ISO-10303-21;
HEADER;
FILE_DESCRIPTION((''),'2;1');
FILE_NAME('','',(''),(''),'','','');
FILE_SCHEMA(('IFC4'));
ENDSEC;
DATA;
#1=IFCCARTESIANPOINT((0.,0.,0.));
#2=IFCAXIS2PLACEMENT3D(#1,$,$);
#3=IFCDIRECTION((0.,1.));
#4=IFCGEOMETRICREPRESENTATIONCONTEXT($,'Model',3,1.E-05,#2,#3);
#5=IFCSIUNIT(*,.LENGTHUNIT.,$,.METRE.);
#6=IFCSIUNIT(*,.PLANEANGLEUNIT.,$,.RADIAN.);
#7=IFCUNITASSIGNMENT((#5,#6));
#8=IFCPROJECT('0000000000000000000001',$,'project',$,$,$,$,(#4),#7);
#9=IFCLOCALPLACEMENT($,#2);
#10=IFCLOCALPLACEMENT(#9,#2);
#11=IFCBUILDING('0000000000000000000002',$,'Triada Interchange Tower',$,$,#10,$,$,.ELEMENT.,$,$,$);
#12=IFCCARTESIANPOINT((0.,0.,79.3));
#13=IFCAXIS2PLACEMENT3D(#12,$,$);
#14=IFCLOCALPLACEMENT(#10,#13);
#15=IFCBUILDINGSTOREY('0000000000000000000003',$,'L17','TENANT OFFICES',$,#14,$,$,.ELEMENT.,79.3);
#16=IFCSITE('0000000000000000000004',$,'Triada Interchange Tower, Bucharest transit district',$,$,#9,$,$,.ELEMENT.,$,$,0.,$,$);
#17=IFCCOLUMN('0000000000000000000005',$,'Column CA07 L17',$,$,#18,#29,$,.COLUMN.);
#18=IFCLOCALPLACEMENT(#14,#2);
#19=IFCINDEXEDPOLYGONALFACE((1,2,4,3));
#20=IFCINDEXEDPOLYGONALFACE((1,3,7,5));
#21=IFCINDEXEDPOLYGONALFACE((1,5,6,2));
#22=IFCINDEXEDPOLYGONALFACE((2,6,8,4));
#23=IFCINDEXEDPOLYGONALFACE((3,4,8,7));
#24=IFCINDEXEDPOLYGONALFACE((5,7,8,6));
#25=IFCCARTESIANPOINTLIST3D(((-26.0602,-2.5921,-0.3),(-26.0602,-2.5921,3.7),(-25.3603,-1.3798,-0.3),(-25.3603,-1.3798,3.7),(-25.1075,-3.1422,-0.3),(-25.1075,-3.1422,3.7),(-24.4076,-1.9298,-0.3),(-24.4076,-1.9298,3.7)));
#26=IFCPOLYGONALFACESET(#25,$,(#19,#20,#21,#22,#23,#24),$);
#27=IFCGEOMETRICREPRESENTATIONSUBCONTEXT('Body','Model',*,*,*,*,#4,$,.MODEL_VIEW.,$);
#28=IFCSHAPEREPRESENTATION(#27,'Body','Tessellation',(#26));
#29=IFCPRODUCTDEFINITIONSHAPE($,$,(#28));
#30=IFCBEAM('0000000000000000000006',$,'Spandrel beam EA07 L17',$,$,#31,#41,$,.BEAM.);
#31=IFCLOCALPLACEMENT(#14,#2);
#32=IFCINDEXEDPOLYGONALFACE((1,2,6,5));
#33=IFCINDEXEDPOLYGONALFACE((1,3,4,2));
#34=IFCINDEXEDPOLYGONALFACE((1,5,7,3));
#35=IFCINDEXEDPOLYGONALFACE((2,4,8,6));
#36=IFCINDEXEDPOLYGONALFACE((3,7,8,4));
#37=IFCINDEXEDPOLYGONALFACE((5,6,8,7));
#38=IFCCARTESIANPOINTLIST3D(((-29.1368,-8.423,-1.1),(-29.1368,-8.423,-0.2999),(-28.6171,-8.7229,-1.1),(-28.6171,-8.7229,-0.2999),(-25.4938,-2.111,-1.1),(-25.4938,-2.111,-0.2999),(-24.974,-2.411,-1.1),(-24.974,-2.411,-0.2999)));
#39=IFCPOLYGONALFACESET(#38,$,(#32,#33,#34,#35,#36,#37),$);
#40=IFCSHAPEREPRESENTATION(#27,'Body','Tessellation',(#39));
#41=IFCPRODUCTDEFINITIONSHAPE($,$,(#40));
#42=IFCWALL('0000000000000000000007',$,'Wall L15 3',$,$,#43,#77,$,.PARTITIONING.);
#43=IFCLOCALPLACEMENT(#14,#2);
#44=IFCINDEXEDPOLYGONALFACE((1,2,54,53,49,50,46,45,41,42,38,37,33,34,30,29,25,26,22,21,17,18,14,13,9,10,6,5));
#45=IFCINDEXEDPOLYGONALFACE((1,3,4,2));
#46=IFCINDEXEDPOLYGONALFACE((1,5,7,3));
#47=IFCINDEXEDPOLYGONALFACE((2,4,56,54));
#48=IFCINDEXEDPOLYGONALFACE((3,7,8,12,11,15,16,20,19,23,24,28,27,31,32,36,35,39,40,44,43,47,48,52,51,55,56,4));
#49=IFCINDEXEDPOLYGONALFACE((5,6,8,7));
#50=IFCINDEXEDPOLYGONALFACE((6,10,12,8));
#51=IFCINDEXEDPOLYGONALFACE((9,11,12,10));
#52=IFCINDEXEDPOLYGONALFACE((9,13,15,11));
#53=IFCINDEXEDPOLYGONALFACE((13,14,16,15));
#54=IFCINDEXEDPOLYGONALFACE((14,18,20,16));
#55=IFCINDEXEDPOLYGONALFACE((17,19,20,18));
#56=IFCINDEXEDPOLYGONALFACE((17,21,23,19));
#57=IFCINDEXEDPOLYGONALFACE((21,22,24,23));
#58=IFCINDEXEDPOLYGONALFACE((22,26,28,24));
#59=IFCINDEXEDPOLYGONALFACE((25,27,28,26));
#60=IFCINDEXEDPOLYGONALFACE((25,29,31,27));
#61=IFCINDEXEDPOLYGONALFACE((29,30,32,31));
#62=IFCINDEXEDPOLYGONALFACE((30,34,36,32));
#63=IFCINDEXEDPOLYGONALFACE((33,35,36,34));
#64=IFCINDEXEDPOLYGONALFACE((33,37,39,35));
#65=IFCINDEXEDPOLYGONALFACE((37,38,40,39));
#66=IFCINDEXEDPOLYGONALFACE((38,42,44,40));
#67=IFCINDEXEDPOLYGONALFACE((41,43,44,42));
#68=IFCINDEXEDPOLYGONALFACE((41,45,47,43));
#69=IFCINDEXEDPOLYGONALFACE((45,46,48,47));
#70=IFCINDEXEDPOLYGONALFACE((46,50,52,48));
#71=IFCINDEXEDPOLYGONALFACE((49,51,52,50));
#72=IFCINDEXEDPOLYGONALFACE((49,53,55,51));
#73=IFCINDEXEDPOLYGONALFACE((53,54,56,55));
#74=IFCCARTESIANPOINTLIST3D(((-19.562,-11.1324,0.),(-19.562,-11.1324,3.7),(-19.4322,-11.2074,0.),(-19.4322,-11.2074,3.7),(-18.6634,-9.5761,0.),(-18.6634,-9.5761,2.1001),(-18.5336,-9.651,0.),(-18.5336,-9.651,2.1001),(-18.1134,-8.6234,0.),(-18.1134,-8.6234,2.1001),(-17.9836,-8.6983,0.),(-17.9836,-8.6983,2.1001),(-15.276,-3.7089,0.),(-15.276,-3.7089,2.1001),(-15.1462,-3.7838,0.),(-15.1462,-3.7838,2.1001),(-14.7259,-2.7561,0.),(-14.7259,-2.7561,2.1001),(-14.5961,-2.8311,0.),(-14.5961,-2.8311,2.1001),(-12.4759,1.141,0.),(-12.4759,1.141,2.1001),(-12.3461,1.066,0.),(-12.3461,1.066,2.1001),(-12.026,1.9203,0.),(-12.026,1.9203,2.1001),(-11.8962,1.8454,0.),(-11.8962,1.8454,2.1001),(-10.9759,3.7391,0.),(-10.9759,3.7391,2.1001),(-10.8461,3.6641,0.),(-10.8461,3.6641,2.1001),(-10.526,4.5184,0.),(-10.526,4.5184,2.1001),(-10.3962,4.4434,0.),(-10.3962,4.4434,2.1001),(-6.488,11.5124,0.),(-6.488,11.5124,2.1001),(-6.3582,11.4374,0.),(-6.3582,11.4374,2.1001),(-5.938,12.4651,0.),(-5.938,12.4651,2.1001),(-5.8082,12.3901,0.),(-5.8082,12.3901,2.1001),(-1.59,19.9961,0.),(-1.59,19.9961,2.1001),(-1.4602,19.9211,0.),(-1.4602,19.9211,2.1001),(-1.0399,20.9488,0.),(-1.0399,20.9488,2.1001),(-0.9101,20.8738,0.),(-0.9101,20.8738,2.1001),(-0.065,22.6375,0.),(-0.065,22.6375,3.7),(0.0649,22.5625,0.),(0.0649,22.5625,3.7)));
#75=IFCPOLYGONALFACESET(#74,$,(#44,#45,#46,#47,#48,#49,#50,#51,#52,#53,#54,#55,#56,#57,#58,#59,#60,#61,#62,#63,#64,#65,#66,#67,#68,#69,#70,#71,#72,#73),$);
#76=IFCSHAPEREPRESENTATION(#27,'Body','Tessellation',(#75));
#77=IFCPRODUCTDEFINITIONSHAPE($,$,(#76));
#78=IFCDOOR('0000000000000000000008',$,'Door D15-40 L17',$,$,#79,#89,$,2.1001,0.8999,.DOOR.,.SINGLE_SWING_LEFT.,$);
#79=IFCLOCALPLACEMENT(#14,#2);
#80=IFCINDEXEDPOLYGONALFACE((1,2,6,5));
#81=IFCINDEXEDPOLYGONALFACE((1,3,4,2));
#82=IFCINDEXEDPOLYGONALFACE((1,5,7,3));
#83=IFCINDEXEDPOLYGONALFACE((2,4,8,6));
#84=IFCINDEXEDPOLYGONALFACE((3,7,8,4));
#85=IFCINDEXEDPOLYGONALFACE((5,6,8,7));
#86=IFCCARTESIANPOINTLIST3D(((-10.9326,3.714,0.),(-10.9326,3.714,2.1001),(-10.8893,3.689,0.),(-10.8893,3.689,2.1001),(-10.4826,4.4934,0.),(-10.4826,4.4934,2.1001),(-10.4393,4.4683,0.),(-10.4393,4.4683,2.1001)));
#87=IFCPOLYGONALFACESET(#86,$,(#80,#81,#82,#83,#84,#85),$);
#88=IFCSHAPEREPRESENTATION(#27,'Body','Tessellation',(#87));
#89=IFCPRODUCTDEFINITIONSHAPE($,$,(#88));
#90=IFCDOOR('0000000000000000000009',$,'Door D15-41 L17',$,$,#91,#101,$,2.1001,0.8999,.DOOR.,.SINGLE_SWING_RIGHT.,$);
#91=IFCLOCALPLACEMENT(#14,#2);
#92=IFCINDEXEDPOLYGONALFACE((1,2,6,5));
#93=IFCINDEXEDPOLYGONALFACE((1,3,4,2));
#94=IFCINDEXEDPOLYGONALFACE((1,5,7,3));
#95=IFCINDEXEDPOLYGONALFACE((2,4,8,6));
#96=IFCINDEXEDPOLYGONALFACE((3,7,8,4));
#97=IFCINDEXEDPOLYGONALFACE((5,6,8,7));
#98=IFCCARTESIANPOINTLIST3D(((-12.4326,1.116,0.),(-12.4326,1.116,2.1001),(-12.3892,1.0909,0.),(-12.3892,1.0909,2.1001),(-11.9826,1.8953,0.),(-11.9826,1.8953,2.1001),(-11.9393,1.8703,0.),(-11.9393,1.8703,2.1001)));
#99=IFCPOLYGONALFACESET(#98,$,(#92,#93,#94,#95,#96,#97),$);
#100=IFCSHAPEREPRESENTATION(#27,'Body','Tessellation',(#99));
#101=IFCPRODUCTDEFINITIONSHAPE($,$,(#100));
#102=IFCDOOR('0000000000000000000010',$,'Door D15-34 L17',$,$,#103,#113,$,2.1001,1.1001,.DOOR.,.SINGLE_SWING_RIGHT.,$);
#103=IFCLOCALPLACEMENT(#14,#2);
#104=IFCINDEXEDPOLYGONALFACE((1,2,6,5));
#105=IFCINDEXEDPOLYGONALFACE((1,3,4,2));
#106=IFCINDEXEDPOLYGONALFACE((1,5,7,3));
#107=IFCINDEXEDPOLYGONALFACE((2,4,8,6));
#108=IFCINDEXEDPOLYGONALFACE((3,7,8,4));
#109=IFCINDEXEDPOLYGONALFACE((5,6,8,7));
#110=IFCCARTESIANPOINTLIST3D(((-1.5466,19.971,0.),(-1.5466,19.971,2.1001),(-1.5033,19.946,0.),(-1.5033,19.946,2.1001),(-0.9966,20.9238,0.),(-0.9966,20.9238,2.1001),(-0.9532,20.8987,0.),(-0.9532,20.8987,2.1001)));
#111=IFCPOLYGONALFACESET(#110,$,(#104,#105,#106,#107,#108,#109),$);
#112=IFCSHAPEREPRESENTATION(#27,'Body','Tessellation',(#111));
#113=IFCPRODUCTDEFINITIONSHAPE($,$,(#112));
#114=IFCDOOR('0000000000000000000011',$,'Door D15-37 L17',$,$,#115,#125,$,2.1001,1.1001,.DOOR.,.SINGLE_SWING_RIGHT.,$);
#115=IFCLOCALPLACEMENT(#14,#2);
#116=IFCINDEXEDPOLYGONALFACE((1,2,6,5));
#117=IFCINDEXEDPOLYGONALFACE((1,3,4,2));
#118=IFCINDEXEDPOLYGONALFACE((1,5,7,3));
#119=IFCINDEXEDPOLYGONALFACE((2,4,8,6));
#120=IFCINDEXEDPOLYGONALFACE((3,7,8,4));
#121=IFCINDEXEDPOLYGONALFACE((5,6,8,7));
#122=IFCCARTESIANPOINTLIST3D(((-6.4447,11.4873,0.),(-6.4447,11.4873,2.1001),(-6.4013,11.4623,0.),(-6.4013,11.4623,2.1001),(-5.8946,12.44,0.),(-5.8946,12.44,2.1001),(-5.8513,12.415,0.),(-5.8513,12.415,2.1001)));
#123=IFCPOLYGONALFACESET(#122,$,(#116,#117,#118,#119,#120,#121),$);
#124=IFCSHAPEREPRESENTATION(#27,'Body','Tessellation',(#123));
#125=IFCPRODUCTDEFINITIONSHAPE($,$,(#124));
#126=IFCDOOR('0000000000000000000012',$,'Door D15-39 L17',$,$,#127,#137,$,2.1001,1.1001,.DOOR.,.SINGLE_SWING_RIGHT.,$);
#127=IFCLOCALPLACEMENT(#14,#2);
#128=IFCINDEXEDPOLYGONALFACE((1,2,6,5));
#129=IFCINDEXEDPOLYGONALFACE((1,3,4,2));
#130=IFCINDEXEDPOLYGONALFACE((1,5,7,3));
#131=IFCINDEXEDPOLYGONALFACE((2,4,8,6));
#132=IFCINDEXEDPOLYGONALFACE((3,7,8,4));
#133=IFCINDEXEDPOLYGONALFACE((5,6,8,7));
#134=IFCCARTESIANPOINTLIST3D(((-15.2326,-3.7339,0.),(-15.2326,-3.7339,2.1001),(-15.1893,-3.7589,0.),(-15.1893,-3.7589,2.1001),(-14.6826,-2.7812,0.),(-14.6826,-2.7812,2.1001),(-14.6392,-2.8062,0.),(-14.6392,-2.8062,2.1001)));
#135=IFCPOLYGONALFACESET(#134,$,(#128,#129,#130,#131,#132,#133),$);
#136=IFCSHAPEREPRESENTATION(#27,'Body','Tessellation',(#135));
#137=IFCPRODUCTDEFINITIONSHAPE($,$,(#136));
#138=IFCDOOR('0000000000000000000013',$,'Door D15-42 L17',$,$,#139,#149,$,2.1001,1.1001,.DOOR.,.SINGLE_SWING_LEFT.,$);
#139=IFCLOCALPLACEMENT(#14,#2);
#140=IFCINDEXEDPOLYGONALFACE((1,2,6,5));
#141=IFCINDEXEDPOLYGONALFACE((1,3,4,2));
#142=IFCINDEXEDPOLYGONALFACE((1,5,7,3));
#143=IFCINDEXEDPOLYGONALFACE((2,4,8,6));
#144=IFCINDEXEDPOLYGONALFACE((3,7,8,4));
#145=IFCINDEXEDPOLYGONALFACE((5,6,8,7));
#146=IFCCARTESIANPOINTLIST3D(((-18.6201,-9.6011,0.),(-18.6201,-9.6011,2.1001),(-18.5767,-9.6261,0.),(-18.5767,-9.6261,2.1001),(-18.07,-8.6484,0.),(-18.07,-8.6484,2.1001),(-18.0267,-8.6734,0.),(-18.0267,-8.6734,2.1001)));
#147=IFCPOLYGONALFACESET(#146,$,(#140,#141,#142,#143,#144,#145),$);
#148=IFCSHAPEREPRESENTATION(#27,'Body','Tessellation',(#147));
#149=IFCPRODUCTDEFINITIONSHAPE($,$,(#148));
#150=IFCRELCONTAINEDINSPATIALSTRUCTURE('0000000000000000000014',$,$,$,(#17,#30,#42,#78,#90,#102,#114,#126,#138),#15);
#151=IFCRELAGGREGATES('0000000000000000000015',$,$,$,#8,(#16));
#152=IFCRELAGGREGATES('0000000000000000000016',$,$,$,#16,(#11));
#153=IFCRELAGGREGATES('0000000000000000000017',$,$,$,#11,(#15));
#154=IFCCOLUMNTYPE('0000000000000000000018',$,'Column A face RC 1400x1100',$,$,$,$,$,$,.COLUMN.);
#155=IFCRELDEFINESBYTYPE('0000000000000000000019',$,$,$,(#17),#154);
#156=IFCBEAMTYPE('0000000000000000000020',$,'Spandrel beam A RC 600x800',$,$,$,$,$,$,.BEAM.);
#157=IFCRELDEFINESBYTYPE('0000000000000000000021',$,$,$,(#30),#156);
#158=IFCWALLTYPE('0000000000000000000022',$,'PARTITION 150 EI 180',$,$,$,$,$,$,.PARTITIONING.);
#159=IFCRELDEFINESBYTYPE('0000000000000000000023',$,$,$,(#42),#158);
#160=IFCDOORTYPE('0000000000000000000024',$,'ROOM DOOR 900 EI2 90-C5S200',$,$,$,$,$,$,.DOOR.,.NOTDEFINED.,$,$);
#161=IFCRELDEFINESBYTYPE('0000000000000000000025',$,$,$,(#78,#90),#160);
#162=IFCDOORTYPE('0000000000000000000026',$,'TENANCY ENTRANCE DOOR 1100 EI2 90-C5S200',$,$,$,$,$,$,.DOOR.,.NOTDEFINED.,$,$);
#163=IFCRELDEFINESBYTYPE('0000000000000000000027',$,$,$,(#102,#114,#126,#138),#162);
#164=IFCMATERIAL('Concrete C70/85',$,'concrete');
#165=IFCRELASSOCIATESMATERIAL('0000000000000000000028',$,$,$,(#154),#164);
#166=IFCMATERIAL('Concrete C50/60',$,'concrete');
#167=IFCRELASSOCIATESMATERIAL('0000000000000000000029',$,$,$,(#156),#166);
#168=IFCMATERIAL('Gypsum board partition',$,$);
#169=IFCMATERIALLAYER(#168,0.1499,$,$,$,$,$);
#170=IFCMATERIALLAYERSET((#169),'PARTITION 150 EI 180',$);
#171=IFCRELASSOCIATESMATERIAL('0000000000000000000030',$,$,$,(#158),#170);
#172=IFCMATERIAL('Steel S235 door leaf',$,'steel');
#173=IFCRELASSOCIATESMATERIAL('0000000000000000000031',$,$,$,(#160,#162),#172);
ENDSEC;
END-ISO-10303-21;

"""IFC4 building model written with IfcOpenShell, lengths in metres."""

from ifc_helpers import new_model, si_unit, direction, frame, frame_2d, origin, origin_2d, place, context, subcontext, project, spatial, rectangle, extrude, material, layer, layer_set, material_profile, profile_set, type_object, element, fill, save


model = new_model("IFC4")

# Units and contexts
model_context = context("Model", 3, precision=1e-05, world=origin(), true_north=direction((0.0, 1.0)))
body_context = subcontext(model_context, "Body", "Model", "MODEL_VIEW")
ifc_project = project(units=[si_unit("LENGTHUNIT", "METRE"), si_unit("PLANEANGLEUNIT", "RADIAN")], contexts=[model_context])

# Site, building, storey
site_placement = place(None, origin())
site = spatial("IfcSite", under=ifc_project, at=site_placement, Name="Triada Interchange Tower, Bucharest transit district", CompositionType="ELEMENT", RefElevation=0.0)
building_placement = place(site_placement, origin())
building = spatial("IfcBuilding", under=site, at=building_placement, Name="Triada Interchange Tower", CompositionType="ELEMENT")
storey_placement = place(building_placement, frame((0.0, 0.0, 79.3)))
storey = spatial("IfcBuildingStorey", under=building, at=storey_placement, Name="L17", Description="TENANT OFFICES", CompositionType="ELEMENT", Elevation=79.3)

# Column
ifc_material_1 = material(Name="Concrete C70/85", Category="concrete")
ifc_material_profile_1 = material_profile(ifc_material_1, rectangle(XDim=1.3999, YDim=1.1001, at=origin_2d()), Name="RC 1400x1100")
ifc_profile_set_1 = profile_set([ifc_material_profile_1], Name="Concrete C70/85")
column_type = type_object("IfcColumnType", Name="Column A face RC 1400x1100", PredefinedType="COLUMN", material=ifc_profile_set_1)
column_placement = place(storey_placement, frame((-25.2339, -2.261, -0.3), z_axis=(0.0, 0.0, 1.0), x_axis=(0.5, 0.866025, 0.0)))
element("IfcColumn", 1, at=column_placement, inside=storey, type_object=column_type, Name="Column CA07 L17", PredefinedType="COLUMN", context=body_context, shape_type="SweptSolid", body=[
    extrude(rectangle(XDim=1.3999, YDim=1.1001, at=origin_2d()), origin(), (0.0, 0.0, 1.0), 4.0),
])

# Beam
ifc_material_2 = material(Name="Concrete C50/60", Category="concrete")
ifc_material_profile_2 = material_profile(ifc_material_2, rectangle(XDim=0.6001, YDim=0.8, at=origin_2d()), Name="RC 600x800")
ifc_profile_set_2 = profile_set([ifc_material_profile_2], Name="Concrete C50/60")
beam_type = type_object("IfcBeamType", Name="Spandrel beam A RC 600x800", PredefinedType="BEAM", material=ifc_profile_set_2)
beam_placement = place(storey_placement, frame((-25.2339, -2.261, -0.7), z_axis=(-0.499879, -0.866095, 0.0), x_axis=(0.866095, -0.499879, 0.0)))
element("IfcBeam", 2, at=beam_placement, inside=storey, type_object=beam_type, Name="Spandrel beam EA07 L17", PredefinedType="BEAM", context=body_context, shape_type="SweptSolid", body=[
    extrude(rectangle(XDim=0.6001, YDim=0.8, at=origin_2d()), origin(), (0.0, 0.0, 1.0), 7.2878),
])

# Wall, openings, doors
ifc_material_3 = material(Name="Gypsum board partition")
ifc_layer_1 = layer(ifc_material_3, 0.1499)
ifc_layer_set_1 = layer_set([ifc_layer_1], Name="PARTITION 150 EI 180")
wall_type_1 = type_object("IfcWallType", Name="PARTITION 150 EI 180", PredefinedType="PARTITIONING", material=ifc_layer_set_1)
wall_1_placement = place(storey_placement, frame((-19.4971, -11.1699, 0.0), z_axis=(0.0, 0.0, 1.0), x_axis=(0.499999, 0.866026, 0.0)))
wall_1 = element("IfcWall", 3, at=wall_1_placement, inside=storey, type_object=wall_type_1, Name="Wall L15 3", PredefinedType="PARTITIONING", context=body_context, shape_type="SweptSolid", body=[
    extrude(rectangle(XDim=38.9941, YDim=0.1499, at=frame_2d((19.4971, 0.0))), origin(), (0.0, 0.0, 1.0), 3.7),
])
opening_1_placement = place(wall_1_placement, frame((35.9441, 0.0, 0.0)))
opening_1 = element("IfcOpeningElement", 4, at=opening_1_placement, cuts=wall_1, PredefinedType="OPENING", context=body_context, shape_type="SweptSolid", body=[
    extrude(rectangle(XDim=1.1001, YDim=2.1001, at=frame_2d((0.55, 1.05))), frame((0.0, 0.085, 0.0), z_axis=(0.0, -1.0, 0.0), x_axis=(1.0, 0.0, 0.0)), (0.0, 0.0, 1.0), 0.1699),
])
opening_2_placement = place(wall_1_placement, frame((26.1479, 0.0, 0.0)))
opening_2 = element("IfcOpeningElement", 5, at=opening_2_placement, cuts=wall_1, PredefinedType="OPENING", context=body_context, shape_type="SweptSolid", body=[
    extrude(rectangle(XDim=1.1001, YDim=2.1001, at=frame_2d((0.55, 1.05))), frame((0.0, 0.085, 0.0), z_axis=(0.0, -1.0, 0.0), x_axis=(1.0, 0.0, 0.0)), (0.0, 0.0, 1.0), 0.1699),
])
opening_3_placement = place(wall_1_placement, frame((8.572, 0.0, 0.0)))
opening_3 = element("IfcOpeningElement", 6, at=opening_3_placement, cuts=wall_1, PredefinedType="OPENING", context=body_context, shape_type="SweptSolid", body=[
    extrude(rectangle(XDim=1.1001, YDim=2.1001, at=frame_2d((0.55, 1.05))), frame((0.0, 0.085, 0.0), z_axis=(0.0, -1.0, 0.0), x_axis=(1.0, 0.0, 0.0)), (0.0, 0.0, 1.0), 0.1699),
])
opening_4_placement = place(wall_1_placement, frame((17.1721, 0.0, 0.0)))
opening_4 = element("IfcOpeningElement", 7, at=opening_4_placement, cuts=wall_1, PredefinedType="OPENING", context=body_context, shape_type="SweptSolid", body=[
    extrude(rectangle(XDim=0.8999, YDim=2.1001, at=frame_2d((0.45, 1.05))), frame((0.0, 0.085, 0.0), z_axis=(0.0, -1.0, 0.0), x_axis=(1.0, 0.0, 0.0)), (0.0, 0.0, 1.0), 0.1699),
])
opening_5_placement = place(wall_1_placement, frame((14.1721, 0.0, 0.0)))
opening_5 = element("IfcOpeningElement", 8, at=opening_5_placement, cuts=wall_1, PredefinedType="OPENING", context=body_context, shape_type="SweptSolid", body=[
    extrude(rectangle(XDim=0.8999, YDim=2.1001, at=frame_2d((0.45, 1.05))), frame((0.0, 0.085, 0.0), z_axis=(0.0, -1.0, 0.0), x_axis=(1.0, 0.0, 0.0)), (0.0, 0.0, 1.0), 0.1699),
])
opening_6_placement = place(wall_1_placement, frame((1.7971, 0.0, 0.0)))
opening_6 = element("IfcOpeningElement", 9, at=opening_6_placement, cuts=wall_1, PredefinedType="OPENING", context=body_context, shape_type="SweptSolid", body=[
    extrude(rectangle(XDim=1.1001, YDim=2.1001, at=frame_2d((0.55, 1.05))), frame((0.0, 0.085, 0.0), z_axis=(0.0, -1.0, 0.0), x_axis=(1.0, 0.0, 0.0)), (0.0, 0.0, 1.0), 0.1699),
])
ifc_material_4 = material(Name="Steel S235 door leaf", Category="steel")
door_type_1 = type_object("IfcDoorType", Name="ROOM DOOR 900 EI2 90-C5S200", OperationType="NOTDEFINED", PredefinedType="DOOR", material=ifc_material_4)
door_1_placement = place(opening_4_placement, origin())
door_1 = element("IfcDoor", 10, at=door_1_placement, inside=storey, type_object=door_type_1, Name="Door D15-40 L17", OperationType="SINGLE_SWING_LEFT", OverallHeight=2.1001, OverallWidth=0.8999, PredefinedType="DOOR", context=body_context, shape_type="SweptSolid", body=[
    extrude(rectangle(XDim=0.8999, YDim=2.1001, at=frame_2d((0.45, 1.05))), frame((0.0, 0.0249, 0.0), z_axis=(0.0, -1.0, 0.0), x_axis=(1.0, 0.0, 0.0)), (0.0, 0.0, 1.0), 0.05),
])
fill(opening_4, door_1)
door_2_placement = place(opening_5_placement, origin())
door_2 = element("IfcDoor", 11, at=door_2_placement, inside=storey, type_object=door_type_1, Name="Door D15-41 L17", OperationType="SINGLE_SWING_RIGHT", OverallHeight=2.1001, OverallWidth=0.8999, PredefinedType="DOOR", context=body_context, shape_type="SweptSolid", body=[
    extrude(rectangle(XDim=0.8999, YDim=2.1001, at=frame_2d((0.45, 1.05))), frame((0.0, 0.0249, 0.0), z_axis=(0.0, -1.0, 0.0), x_axis=(1.0, 0.0, 0.0)), (0.0, 0.0, 1.0), 0.05),
])
fill(opening_5, door_2)
door_type_2 = type_object("IfcDoorType", Name="TENANCY ENTRANCE DOOR 1100 EI2 90-C5S200", OperationType="NOTDEFINED", PredefinedType="DOOR", material=ifc_material_4)
door_3_placement = place(opening_1_placement, origin())
door_3 = element("IfcDoor", 12, at=door_3_placement, inside=storey, type_object=door_type_2, Name="Door D15-34 L17", OperationType="SINGLE_SWING_RIGHT", OverallHeight=2.1001, OverallWidth=1.1001, PredefinedType="DOOR", context=body_context, shape_type="SweptSolid", body=[
    extrude(rectangle(XDim=1.1001, YDim=2.1001, at=frame_2d((0.55, 1.05))), frame((0.0, 0.0249, 0.0), z_axis=(0.0, -1.0, 0.0), x_axis=(1.0, 0.0, 0.0)), (0.0, 0.0, 1.0), 0.05),
])
fill(opening_1, door_3)
door_4_placement = place(opening_2_placement, origin())
door_4 = element("IfcDoor", 13, at=door_4_placement, inside=storey, type_object=door_type_2, Name="Door D15-37 L17", OperationType="SINGLE_SWING_RIGHT", OverallHeight=2.1001, OverallWidth=1.1001, PredefinedType="DOOR", context=body_context, shape_type="SweptSolid", body=[
    extrude(rectangle(XDim=1.1001, YDim=2.1001, at=frame_2d((0.55, 1.05))), frame((0.0, 0.0249, 0.0), z_axis=(0.0, -1.0, 0.0), x_axis=(1.0, 0.0, 0.0)), (0.0, 0.0, 1.0), 0.05),
])
fill(opening_2, door_4)
door_5_placement = place(opening_3_placement, origin())
door_5 = element("IfcDoor", 14, at=door_5_placement, inside=storey, type_object=door_type_2, Name="Door D15-39 L17", OperationType="SINGLE_SWING_RIGHT", OverallHeight=2.1001, OverallWidth=1.1001, PredefinedType="DOOR", context=body_context, shape_type="SweptSolid", body=[
    extrude(rectangle(XDim=1.1001, YDim=2.1001, at=frame_2d((0.55, 1.05))), frame((0.0, 0.0249, 0.0), z_axis=(0.0, -1.0, 0.0), x_axis=(1.0, 0.0, 0.0)), (0.0, 0.0, 1.0), 0.05),
])
fill(opening_3, door_5)
door_6_placement = place(opening_6_placement, origin())
door_6 = element("IfcDoor", 15, at=door_6_placement, inside=storey, type_object=door_type_2, Name="Door D15-42 L17", OperationType="SINGLE_SWING_LEFT", OverallHeight=2.1001, OverallWidth=1.1001, PredefinedType="DOOR", context=body_context, shape_type="SweptSolid", body=[
    extrude(rectangle(XDim=1.1001, YDim=2.1001, at=frame_2d((0.55, 1.05))), frame((0.0, 0.0249, 0.0), z_axis=(0.0, -1.0, 0.0), x_axis=(1.0, 0.0, 0.0)), (0.0, 0.0, 1.0), 0.05),
])
fill(opening_6, door_6)

save(model, "model.ifc")
